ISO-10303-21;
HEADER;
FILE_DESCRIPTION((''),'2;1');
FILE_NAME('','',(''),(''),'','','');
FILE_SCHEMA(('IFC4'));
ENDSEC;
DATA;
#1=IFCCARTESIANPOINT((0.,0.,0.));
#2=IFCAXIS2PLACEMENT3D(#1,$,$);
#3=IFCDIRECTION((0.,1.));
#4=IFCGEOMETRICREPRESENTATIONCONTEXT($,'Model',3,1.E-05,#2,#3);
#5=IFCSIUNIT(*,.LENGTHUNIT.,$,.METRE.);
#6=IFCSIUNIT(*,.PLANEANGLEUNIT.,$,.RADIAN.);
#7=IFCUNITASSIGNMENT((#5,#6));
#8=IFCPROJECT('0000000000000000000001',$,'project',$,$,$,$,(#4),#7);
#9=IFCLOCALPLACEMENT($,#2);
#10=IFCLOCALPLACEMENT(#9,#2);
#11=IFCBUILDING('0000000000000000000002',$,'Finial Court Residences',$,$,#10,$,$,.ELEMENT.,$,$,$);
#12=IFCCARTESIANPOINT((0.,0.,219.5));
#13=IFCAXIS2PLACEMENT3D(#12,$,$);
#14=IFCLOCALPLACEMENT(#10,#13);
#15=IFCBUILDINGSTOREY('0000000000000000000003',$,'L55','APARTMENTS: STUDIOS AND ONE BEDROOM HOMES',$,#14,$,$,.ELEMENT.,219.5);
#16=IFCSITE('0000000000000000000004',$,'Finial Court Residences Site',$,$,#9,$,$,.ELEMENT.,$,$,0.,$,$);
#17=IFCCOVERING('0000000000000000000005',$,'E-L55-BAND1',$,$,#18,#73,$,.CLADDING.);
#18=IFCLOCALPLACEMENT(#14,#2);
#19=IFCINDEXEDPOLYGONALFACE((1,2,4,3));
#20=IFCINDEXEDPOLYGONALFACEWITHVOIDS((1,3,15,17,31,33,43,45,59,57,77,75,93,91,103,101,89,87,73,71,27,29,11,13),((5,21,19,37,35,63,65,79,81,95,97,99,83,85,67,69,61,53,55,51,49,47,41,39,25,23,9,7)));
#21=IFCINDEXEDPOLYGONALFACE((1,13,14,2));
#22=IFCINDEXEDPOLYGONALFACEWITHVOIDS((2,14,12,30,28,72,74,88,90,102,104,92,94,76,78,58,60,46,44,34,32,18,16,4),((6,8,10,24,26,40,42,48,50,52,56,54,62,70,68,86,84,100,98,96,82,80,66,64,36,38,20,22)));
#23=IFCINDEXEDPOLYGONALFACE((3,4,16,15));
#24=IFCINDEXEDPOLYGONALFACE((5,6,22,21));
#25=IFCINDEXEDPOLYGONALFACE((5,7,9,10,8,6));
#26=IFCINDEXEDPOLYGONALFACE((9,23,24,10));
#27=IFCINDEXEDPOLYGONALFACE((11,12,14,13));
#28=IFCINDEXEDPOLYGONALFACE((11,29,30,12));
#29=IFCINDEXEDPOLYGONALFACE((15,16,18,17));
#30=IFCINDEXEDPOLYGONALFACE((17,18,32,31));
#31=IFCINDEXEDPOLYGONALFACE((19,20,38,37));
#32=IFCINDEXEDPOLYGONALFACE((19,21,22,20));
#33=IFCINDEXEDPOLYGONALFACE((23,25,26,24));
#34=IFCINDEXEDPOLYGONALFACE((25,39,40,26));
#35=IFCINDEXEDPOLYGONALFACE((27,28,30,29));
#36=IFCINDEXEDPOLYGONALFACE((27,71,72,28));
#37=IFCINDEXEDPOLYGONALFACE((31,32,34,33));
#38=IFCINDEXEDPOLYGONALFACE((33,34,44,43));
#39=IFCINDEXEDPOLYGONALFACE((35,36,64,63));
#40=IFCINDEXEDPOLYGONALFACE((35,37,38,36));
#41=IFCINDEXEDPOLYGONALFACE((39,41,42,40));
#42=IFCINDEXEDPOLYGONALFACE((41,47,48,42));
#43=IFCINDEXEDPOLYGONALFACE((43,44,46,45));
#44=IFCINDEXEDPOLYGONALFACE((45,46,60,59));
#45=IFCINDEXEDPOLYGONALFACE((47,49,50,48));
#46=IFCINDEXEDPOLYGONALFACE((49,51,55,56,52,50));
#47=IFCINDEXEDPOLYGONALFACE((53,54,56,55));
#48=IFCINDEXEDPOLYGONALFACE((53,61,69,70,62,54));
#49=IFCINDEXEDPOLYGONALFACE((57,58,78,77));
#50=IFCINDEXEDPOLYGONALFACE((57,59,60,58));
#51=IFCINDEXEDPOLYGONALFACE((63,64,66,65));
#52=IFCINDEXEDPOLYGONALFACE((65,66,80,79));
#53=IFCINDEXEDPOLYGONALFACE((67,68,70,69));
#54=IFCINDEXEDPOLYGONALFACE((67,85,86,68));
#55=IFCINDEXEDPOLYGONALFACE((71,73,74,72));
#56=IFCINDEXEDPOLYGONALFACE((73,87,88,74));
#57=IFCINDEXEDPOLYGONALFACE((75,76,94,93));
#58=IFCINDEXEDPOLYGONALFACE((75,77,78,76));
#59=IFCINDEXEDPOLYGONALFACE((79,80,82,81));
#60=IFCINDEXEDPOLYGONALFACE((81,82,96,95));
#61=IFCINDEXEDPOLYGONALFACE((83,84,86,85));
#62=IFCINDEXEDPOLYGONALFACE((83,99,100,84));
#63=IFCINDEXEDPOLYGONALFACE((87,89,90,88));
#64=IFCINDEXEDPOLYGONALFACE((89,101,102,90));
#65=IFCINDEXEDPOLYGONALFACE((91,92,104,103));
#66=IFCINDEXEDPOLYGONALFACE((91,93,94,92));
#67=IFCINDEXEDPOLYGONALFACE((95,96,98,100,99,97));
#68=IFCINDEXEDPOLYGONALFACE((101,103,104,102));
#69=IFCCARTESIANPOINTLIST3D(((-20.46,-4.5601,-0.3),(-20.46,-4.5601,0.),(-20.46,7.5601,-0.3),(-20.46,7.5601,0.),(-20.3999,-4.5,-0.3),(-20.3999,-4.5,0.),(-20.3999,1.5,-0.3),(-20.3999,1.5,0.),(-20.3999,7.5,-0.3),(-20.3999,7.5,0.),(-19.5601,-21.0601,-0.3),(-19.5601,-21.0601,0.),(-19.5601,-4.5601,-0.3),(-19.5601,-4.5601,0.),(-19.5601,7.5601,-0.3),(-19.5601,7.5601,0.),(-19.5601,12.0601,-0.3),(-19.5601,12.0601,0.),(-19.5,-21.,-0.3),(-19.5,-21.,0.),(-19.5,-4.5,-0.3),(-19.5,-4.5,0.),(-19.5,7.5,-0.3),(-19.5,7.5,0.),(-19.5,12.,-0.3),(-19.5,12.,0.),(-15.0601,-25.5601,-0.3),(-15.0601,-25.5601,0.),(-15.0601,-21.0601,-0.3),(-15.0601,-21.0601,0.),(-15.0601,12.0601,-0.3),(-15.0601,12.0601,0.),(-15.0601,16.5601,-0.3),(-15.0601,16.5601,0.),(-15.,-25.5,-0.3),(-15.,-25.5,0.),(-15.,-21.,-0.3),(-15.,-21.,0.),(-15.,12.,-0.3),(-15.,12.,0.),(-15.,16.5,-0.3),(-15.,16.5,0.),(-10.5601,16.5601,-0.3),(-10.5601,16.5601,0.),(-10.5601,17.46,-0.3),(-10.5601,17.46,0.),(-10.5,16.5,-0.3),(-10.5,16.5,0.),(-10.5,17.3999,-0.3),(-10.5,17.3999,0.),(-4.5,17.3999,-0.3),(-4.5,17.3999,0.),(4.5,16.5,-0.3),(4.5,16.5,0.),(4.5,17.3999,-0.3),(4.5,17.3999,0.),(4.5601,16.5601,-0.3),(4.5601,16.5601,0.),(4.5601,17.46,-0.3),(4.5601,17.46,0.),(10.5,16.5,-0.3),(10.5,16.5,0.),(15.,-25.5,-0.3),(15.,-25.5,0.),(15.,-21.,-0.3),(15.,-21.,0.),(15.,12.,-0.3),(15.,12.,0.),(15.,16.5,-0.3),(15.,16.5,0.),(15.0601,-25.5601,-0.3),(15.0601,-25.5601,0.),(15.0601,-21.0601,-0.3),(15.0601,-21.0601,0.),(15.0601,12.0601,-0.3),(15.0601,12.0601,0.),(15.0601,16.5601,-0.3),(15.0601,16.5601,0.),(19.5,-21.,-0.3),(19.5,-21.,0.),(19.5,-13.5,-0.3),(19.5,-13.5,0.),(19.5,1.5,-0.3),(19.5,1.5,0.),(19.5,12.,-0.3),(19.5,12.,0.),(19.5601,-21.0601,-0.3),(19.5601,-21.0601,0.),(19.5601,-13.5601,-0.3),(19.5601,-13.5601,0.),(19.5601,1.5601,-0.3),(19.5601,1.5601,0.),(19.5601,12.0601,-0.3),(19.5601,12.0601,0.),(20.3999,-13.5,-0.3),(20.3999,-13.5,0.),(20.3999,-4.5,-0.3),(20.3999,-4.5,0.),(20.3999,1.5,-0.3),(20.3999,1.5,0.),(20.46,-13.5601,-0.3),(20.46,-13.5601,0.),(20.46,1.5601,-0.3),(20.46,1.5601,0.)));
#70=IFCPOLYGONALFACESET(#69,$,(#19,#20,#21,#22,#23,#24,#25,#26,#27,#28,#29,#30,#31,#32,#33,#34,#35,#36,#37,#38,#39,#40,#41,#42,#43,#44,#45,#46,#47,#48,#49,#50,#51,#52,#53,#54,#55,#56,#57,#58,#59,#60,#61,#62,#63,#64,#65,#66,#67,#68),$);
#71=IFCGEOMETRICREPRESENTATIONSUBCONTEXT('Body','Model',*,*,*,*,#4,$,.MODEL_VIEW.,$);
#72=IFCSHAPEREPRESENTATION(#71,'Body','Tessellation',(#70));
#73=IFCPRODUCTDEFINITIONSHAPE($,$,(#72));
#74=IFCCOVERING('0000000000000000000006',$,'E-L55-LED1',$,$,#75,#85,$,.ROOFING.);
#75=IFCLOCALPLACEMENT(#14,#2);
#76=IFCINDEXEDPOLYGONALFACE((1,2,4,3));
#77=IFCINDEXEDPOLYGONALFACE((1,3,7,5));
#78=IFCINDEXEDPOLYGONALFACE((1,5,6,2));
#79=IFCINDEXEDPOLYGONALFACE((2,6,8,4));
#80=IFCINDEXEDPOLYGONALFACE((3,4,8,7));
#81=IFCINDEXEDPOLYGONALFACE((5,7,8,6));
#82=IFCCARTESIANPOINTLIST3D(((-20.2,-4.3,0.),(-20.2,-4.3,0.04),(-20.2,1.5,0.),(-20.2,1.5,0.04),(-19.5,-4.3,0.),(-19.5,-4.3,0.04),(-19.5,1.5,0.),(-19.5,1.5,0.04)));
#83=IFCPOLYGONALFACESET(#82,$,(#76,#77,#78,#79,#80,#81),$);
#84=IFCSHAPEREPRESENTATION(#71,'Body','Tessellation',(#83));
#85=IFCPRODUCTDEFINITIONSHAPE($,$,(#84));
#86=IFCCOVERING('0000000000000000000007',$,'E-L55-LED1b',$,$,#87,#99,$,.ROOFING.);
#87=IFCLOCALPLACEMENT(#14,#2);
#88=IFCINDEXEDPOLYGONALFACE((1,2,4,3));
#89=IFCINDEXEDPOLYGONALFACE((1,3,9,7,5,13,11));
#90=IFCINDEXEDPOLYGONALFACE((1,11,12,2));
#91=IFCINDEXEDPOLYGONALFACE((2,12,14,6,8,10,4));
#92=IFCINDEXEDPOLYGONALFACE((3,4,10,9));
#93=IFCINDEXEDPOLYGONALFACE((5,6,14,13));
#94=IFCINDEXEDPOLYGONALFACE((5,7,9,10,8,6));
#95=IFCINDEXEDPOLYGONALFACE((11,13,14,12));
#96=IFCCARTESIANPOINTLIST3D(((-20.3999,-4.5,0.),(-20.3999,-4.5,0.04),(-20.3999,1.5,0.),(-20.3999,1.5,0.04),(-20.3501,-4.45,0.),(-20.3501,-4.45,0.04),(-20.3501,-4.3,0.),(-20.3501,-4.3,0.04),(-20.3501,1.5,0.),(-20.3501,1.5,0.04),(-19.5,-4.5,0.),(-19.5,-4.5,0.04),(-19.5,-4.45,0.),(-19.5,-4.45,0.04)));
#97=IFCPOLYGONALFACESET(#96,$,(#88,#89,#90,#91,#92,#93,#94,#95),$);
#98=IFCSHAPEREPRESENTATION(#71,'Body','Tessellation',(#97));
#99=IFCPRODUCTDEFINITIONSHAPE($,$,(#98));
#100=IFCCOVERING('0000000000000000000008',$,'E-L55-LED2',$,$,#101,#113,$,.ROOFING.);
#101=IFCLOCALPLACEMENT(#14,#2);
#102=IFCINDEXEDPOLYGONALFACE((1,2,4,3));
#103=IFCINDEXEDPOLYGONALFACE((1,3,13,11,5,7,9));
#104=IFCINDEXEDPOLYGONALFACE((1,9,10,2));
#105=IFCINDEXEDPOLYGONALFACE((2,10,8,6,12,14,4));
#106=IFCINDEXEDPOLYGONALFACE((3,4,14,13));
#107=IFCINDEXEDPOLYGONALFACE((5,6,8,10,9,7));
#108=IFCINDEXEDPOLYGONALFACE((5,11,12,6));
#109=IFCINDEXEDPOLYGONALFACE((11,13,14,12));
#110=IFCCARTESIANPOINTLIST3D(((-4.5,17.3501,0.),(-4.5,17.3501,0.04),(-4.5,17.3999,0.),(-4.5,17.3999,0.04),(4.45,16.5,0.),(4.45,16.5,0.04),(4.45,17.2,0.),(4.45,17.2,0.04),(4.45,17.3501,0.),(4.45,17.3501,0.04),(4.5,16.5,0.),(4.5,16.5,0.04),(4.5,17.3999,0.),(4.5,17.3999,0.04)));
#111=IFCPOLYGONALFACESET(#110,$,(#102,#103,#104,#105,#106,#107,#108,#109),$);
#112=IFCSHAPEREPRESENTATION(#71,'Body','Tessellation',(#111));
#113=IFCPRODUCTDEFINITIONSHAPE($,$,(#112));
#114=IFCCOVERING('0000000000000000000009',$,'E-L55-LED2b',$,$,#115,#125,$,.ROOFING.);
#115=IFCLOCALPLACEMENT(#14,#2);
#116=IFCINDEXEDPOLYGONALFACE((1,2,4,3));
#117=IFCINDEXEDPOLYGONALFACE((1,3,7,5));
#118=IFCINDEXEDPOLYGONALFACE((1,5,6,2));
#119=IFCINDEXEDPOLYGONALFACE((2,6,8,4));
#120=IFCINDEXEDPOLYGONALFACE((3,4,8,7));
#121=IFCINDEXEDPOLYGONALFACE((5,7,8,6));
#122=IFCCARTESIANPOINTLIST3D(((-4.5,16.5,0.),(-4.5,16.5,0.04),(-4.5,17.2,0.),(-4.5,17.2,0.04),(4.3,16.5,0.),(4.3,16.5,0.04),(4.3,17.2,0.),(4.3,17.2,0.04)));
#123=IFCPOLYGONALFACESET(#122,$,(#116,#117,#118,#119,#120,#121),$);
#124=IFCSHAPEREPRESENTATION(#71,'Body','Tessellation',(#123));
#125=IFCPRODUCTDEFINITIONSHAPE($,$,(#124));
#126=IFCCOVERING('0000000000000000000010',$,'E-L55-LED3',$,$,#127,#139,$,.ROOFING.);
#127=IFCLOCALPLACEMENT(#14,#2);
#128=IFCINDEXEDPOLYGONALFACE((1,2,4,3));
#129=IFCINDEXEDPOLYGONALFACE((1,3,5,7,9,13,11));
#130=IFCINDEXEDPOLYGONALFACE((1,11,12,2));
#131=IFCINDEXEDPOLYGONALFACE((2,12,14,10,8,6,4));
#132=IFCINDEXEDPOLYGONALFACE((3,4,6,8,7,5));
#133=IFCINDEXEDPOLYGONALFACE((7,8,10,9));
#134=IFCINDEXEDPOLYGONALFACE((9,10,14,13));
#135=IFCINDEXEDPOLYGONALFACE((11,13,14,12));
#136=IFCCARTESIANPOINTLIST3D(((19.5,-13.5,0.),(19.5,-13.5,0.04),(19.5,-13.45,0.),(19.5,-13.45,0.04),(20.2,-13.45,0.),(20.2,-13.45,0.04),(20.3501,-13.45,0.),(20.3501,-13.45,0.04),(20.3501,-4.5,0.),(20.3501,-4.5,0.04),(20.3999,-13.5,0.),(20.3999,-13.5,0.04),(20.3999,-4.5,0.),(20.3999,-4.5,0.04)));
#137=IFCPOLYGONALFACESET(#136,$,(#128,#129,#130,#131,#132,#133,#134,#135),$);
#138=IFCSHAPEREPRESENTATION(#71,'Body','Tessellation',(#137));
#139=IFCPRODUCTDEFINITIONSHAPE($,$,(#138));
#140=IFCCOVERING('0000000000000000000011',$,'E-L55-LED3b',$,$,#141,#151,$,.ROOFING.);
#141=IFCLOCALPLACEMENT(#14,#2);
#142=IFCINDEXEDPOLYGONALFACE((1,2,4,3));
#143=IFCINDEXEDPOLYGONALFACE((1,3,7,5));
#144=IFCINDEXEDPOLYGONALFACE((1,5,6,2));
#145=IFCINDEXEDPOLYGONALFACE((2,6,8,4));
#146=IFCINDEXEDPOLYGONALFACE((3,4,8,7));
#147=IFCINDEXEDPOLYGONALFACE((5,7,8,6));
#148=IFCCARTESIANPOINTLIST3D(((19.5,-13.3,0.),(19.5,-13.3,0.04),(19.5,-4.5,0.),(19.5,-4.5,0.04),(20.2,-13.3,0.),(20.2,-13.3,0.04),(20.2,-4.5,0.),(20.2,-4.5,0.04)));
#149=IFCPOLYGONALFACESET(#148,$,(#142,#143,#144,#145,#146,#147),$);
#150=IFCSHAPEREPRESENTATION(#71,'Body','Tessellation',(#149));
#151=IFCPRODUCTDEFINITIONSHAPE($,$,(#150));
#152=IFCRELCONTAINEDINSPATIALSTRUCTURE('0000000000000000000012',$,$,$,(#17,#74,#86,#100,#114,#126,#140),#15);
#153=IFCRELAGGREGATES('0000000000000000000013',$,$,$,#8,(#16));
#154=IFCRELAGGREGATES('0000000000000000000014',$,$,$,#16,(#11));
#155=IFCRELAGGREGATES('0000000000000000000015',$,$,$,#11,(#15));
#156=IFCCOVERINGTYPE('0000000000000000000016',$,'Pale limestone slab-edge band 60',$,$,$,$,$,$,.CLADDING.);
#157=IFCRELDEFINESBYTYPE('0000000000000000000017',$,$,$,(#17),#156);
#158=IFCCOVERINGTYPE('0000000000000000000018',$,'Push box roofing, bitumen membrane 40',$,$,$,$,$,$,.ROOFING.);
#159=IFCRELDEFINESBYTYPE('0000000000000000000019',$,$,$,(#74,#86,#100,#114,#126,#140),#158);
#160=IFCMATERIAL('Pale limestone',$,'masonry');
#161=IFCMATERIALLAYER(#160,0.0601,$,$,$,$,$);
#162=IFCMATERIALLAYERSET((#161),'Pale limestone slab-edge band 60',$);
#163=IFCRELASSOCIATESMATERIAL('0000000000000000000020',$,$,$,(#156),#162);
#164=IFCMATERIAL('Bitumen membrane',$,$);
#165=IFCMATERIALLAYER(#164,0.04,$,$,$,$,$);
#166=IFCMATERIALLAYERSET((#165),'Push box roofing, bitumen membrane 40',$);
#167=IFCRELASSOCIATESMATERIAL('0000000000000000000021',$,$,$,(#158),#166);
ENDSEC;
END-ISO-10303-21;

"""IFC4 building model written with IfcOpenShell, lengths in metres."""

from ifc_helpers import new_model, si_unit, direction, frame, origin, place, context, subcontext, project, spatial, polyline, outline, extrude, material, layer, layer_set, type_object, element, save


model = new_model("IFC4")

# Units and contexts
model_context = context("Model", 3, precision=1e-05, world=origin(), true_north=direction((0.0, 1.0)))
body_context = subcontext(model_context, "Body", "Model", "MODEL_VIEW")
ifc_project = project(units=[si_unit("LENGTHUNIT", "METRE"), si_unit("PLANEANGLEUNIT", "RADIAN")], contexts=[model_context])

# Site, building, storey
site_placement = place(None, origin())
site = spatial("IfcSite", under=ifc_project, at=site_placement, Name="Finial Court Residences Site", CompositionType="ELEMENT", RefElevation=0.0)
building_placement = place(site_placement, origin())
building = spatial("IfcBuilding", under=site, at=building_placement, Name="Finial Court Residences", CompositionType="ELEMENT")
storey_placement = place(building_placement, frame((0.0, 0.0, 219.5)))
storey = spatial("IfcBuildingStorey", under=building, at=storey_placement, Name="L55", Description="APARTMENTS: STUDIOS AND ONE BEDROOM HOMES", CompositionType="ELEMENT", Elevation=219.5)

# Coverings
ifc_material_1 = material(Name="Pale limestone", Category="masonry")
ifc_layer_1 = layer(ifc_material_1, 0.0601)
ifc_layer_set_1 = layer_set([ifc_layer_1], Name="Pale limestone slab-edge band 60")
covering_type_1 = type_object("IfcCoveringType", Name="Pale limestone slab-edge band 60", PredefinedType="CLADDING", material=ifc_layer_set_1)
covering_1_placement = place(storey_placement, frame((0.0, 0.0, -0.3)))
element("IfcCovering", 1, at=covering_1_placement, inside=storey, type_object=covering_type_1, Name="E-L55-BAND1", PredefinedType="CLADDING", context=body_context, shape_type="SweptSolid", body=[
    extrude(outline(polyline([(15.0601, -21.0601), (15.0601, -25.5601), (-15.0601, -25.5601), (-15.0601, -21.0601), (-19.5601, -21.0601), (-19.5601, -4.5601), (-20.46, -4.5601), (-20.46, 7.5601), (-19.5601, 7.5601), (-19.5601, 12.0601), (-15.0601, 12.0601), (-15.0601, 16.5601), (-10.5601, 16.5601), (-10.5601, 17.46), (4.5601, 17.46), (4.5601, 16.5601), (15.0601, 16.5601), (15.0601, 12.0601), (19.5601, 12.0601), (19.5601, 1.5601), (20.46, 1.5601), (20.46, -13.5601), (19.5601, -13.5601), (19.5601, -21.0601), (15.0601, -21.0601)]), holes=[polyline([(19.5, -13.5), (20.3999, -13.5), (20.3999, -4.5), (20.3999, 1.5), (19.5, 1.5), (19.5, 12.0), (15.0, 12.0), (15.0, 16.5), (10.5, 16.5), (4.5, 16.5), (4.5, 17.3999), (-4.5, 17.3999), (-10.5, 17.3999), (-10.5, 16.5), (-15.0, 16.5), (-15.0, 12.0), (-19.5, 12.0), (-19.5, 7.5), (-20.3999, 7.5), (-20.3999, 1.5), (-20.3999, -4.5), (-19.5, -4.5), (-19.5, -21.0), (-15.0, -21.0), (-15.0, -25.5), (15.0, -25.5), (15.0, -21.0), (19.5, -21.0), (19.5, -13.5)])]), origin(), (0.0, 0.0, 1.0), 0.3),
])
ifc_material_2 = material(Name="Bitumen membrane")
ifc_layer_2 = layer(ifc_material_2, 0.04)
ifc_layer_set_2 = layer_set([ifc_layer_2], Name="Push box roofing, bitumen membrane 40")
covering_type_2 = type_object("IfcCoveringType", Name="Push box roofing, bitumen membrane 40", PredefinedType="ROOFING", material=ifc_layer_set_2)
covering_2_placement = place(storey_placement, origin())
element("IfcCovering", 2, at=covering_2_placement, inside=storey, type_object=covering_type_2, Name="E-L55-LED1", PredefinedType="ROOFING", context=body_context, shape_type="SweptSolid", body=[
    extrude(outline(polyline([(-19.5, -4.3), (-20.2, -4.3), (-20.2, 1.5), (-19.5, 1.5), (-19.5, -4.3)])), origin(), (0.0, 0.0, 1.0), 0.04),
])
covering_3_placement = place(storey_placement, origin())
element("IfcCovering", 3, at=covering_3_placement, inside=storey, type_object=covering_type_2, Name="E-L55-LED1b", PredefinedType="ROOFING", context=body_context, shape_type="SweptSolid", body=[
    extrude(outline(polyline([(-19.5, -4.5), (-20.3999, -4.5), (-20.3999, 1.5), (-20.3501, 1.5), (-20.3501, -4.3), (-20.3501, -4.3), (-20.3501, -4.45), (-19.5, -4.45), (-19.5, -4.5)])), origin(), (0.0, 0.0, 1.0), 0.04),
])
covering_4_placement = place(storey_placement, origin())
element("IfcCovering", 4, at=covering_4_placement, inside=storey, type_object=covering_type_2, Name="E-L55-LED2", PredefinedType="ROOFING", context=body_context, shape_type="SweptSolid", body=[
    extrude(outline(polyline([(4.45, 16.5), (4.45, 17.2), (4.45, 17.3501), (-4.5, 17.3501), (-4.5, 17.3999), (4.5, 17.3999), (4.5, 16.5), (4.45, 16.5)])), origin(), (0.0, 0.0, 1.0), 0.04),
])
covering_5_placement = place(storey_placement, origin())
element("IfcCovering", 5, at=covering_5_placement, inside=storey, type_object=covering_type_2, Name="E-L55-LED2b", PredefinedType="ROOFING", context=body_context, shape_type="SweptSolid", body=[
    extrude(outline(polyline([(-4.5, 16.5), (-4.5, 17.2), (4.3, 17.2), (4.3, 16.5), (-4.5, 16.5)])), origin(), (0.0, 0.0, 1.0), 0.04),
])
covering_6_placement = place(storey_placement, origin())
element("IfcCovering", 6, at=covering_6_placement, inside=storey, type_object=covering_type_2, Name="E-L55-LED3", PredefinedType="ROOFING", context=body_context, shape_type="SweptSolid", body=[
    extrude(outline(polyline([(19.5, -13.45), (20.2, -13.45), (20.3501, -13.45), (20.3501, -4.5), (20.3999, -4.5), (20.3999, -13.5), (19.5, -13.5), (19.5, -13.45)])), origin(), (0.0, 0.0, 1.0), 0.04),
])
covering_7_placement = place(storey_placement, origin())
element("IfcCovering", 7, at=covering_7_placement, inside=storey, type_object=covering_type_2, Name="E-L55-LED3b", PredefinedType="ROOFING", context=body_context, shape_type="SweptSolid", body=[
    extrude(outline(polyline([(19.5, -4.5), (20.2, -4.5), (20.2, -13.3), (19.5, -13.3), (19.5, -4.5)])), origin(), (0.0, 0.0, 1.0), 0.04),
])

save(model, "model.ifc")
